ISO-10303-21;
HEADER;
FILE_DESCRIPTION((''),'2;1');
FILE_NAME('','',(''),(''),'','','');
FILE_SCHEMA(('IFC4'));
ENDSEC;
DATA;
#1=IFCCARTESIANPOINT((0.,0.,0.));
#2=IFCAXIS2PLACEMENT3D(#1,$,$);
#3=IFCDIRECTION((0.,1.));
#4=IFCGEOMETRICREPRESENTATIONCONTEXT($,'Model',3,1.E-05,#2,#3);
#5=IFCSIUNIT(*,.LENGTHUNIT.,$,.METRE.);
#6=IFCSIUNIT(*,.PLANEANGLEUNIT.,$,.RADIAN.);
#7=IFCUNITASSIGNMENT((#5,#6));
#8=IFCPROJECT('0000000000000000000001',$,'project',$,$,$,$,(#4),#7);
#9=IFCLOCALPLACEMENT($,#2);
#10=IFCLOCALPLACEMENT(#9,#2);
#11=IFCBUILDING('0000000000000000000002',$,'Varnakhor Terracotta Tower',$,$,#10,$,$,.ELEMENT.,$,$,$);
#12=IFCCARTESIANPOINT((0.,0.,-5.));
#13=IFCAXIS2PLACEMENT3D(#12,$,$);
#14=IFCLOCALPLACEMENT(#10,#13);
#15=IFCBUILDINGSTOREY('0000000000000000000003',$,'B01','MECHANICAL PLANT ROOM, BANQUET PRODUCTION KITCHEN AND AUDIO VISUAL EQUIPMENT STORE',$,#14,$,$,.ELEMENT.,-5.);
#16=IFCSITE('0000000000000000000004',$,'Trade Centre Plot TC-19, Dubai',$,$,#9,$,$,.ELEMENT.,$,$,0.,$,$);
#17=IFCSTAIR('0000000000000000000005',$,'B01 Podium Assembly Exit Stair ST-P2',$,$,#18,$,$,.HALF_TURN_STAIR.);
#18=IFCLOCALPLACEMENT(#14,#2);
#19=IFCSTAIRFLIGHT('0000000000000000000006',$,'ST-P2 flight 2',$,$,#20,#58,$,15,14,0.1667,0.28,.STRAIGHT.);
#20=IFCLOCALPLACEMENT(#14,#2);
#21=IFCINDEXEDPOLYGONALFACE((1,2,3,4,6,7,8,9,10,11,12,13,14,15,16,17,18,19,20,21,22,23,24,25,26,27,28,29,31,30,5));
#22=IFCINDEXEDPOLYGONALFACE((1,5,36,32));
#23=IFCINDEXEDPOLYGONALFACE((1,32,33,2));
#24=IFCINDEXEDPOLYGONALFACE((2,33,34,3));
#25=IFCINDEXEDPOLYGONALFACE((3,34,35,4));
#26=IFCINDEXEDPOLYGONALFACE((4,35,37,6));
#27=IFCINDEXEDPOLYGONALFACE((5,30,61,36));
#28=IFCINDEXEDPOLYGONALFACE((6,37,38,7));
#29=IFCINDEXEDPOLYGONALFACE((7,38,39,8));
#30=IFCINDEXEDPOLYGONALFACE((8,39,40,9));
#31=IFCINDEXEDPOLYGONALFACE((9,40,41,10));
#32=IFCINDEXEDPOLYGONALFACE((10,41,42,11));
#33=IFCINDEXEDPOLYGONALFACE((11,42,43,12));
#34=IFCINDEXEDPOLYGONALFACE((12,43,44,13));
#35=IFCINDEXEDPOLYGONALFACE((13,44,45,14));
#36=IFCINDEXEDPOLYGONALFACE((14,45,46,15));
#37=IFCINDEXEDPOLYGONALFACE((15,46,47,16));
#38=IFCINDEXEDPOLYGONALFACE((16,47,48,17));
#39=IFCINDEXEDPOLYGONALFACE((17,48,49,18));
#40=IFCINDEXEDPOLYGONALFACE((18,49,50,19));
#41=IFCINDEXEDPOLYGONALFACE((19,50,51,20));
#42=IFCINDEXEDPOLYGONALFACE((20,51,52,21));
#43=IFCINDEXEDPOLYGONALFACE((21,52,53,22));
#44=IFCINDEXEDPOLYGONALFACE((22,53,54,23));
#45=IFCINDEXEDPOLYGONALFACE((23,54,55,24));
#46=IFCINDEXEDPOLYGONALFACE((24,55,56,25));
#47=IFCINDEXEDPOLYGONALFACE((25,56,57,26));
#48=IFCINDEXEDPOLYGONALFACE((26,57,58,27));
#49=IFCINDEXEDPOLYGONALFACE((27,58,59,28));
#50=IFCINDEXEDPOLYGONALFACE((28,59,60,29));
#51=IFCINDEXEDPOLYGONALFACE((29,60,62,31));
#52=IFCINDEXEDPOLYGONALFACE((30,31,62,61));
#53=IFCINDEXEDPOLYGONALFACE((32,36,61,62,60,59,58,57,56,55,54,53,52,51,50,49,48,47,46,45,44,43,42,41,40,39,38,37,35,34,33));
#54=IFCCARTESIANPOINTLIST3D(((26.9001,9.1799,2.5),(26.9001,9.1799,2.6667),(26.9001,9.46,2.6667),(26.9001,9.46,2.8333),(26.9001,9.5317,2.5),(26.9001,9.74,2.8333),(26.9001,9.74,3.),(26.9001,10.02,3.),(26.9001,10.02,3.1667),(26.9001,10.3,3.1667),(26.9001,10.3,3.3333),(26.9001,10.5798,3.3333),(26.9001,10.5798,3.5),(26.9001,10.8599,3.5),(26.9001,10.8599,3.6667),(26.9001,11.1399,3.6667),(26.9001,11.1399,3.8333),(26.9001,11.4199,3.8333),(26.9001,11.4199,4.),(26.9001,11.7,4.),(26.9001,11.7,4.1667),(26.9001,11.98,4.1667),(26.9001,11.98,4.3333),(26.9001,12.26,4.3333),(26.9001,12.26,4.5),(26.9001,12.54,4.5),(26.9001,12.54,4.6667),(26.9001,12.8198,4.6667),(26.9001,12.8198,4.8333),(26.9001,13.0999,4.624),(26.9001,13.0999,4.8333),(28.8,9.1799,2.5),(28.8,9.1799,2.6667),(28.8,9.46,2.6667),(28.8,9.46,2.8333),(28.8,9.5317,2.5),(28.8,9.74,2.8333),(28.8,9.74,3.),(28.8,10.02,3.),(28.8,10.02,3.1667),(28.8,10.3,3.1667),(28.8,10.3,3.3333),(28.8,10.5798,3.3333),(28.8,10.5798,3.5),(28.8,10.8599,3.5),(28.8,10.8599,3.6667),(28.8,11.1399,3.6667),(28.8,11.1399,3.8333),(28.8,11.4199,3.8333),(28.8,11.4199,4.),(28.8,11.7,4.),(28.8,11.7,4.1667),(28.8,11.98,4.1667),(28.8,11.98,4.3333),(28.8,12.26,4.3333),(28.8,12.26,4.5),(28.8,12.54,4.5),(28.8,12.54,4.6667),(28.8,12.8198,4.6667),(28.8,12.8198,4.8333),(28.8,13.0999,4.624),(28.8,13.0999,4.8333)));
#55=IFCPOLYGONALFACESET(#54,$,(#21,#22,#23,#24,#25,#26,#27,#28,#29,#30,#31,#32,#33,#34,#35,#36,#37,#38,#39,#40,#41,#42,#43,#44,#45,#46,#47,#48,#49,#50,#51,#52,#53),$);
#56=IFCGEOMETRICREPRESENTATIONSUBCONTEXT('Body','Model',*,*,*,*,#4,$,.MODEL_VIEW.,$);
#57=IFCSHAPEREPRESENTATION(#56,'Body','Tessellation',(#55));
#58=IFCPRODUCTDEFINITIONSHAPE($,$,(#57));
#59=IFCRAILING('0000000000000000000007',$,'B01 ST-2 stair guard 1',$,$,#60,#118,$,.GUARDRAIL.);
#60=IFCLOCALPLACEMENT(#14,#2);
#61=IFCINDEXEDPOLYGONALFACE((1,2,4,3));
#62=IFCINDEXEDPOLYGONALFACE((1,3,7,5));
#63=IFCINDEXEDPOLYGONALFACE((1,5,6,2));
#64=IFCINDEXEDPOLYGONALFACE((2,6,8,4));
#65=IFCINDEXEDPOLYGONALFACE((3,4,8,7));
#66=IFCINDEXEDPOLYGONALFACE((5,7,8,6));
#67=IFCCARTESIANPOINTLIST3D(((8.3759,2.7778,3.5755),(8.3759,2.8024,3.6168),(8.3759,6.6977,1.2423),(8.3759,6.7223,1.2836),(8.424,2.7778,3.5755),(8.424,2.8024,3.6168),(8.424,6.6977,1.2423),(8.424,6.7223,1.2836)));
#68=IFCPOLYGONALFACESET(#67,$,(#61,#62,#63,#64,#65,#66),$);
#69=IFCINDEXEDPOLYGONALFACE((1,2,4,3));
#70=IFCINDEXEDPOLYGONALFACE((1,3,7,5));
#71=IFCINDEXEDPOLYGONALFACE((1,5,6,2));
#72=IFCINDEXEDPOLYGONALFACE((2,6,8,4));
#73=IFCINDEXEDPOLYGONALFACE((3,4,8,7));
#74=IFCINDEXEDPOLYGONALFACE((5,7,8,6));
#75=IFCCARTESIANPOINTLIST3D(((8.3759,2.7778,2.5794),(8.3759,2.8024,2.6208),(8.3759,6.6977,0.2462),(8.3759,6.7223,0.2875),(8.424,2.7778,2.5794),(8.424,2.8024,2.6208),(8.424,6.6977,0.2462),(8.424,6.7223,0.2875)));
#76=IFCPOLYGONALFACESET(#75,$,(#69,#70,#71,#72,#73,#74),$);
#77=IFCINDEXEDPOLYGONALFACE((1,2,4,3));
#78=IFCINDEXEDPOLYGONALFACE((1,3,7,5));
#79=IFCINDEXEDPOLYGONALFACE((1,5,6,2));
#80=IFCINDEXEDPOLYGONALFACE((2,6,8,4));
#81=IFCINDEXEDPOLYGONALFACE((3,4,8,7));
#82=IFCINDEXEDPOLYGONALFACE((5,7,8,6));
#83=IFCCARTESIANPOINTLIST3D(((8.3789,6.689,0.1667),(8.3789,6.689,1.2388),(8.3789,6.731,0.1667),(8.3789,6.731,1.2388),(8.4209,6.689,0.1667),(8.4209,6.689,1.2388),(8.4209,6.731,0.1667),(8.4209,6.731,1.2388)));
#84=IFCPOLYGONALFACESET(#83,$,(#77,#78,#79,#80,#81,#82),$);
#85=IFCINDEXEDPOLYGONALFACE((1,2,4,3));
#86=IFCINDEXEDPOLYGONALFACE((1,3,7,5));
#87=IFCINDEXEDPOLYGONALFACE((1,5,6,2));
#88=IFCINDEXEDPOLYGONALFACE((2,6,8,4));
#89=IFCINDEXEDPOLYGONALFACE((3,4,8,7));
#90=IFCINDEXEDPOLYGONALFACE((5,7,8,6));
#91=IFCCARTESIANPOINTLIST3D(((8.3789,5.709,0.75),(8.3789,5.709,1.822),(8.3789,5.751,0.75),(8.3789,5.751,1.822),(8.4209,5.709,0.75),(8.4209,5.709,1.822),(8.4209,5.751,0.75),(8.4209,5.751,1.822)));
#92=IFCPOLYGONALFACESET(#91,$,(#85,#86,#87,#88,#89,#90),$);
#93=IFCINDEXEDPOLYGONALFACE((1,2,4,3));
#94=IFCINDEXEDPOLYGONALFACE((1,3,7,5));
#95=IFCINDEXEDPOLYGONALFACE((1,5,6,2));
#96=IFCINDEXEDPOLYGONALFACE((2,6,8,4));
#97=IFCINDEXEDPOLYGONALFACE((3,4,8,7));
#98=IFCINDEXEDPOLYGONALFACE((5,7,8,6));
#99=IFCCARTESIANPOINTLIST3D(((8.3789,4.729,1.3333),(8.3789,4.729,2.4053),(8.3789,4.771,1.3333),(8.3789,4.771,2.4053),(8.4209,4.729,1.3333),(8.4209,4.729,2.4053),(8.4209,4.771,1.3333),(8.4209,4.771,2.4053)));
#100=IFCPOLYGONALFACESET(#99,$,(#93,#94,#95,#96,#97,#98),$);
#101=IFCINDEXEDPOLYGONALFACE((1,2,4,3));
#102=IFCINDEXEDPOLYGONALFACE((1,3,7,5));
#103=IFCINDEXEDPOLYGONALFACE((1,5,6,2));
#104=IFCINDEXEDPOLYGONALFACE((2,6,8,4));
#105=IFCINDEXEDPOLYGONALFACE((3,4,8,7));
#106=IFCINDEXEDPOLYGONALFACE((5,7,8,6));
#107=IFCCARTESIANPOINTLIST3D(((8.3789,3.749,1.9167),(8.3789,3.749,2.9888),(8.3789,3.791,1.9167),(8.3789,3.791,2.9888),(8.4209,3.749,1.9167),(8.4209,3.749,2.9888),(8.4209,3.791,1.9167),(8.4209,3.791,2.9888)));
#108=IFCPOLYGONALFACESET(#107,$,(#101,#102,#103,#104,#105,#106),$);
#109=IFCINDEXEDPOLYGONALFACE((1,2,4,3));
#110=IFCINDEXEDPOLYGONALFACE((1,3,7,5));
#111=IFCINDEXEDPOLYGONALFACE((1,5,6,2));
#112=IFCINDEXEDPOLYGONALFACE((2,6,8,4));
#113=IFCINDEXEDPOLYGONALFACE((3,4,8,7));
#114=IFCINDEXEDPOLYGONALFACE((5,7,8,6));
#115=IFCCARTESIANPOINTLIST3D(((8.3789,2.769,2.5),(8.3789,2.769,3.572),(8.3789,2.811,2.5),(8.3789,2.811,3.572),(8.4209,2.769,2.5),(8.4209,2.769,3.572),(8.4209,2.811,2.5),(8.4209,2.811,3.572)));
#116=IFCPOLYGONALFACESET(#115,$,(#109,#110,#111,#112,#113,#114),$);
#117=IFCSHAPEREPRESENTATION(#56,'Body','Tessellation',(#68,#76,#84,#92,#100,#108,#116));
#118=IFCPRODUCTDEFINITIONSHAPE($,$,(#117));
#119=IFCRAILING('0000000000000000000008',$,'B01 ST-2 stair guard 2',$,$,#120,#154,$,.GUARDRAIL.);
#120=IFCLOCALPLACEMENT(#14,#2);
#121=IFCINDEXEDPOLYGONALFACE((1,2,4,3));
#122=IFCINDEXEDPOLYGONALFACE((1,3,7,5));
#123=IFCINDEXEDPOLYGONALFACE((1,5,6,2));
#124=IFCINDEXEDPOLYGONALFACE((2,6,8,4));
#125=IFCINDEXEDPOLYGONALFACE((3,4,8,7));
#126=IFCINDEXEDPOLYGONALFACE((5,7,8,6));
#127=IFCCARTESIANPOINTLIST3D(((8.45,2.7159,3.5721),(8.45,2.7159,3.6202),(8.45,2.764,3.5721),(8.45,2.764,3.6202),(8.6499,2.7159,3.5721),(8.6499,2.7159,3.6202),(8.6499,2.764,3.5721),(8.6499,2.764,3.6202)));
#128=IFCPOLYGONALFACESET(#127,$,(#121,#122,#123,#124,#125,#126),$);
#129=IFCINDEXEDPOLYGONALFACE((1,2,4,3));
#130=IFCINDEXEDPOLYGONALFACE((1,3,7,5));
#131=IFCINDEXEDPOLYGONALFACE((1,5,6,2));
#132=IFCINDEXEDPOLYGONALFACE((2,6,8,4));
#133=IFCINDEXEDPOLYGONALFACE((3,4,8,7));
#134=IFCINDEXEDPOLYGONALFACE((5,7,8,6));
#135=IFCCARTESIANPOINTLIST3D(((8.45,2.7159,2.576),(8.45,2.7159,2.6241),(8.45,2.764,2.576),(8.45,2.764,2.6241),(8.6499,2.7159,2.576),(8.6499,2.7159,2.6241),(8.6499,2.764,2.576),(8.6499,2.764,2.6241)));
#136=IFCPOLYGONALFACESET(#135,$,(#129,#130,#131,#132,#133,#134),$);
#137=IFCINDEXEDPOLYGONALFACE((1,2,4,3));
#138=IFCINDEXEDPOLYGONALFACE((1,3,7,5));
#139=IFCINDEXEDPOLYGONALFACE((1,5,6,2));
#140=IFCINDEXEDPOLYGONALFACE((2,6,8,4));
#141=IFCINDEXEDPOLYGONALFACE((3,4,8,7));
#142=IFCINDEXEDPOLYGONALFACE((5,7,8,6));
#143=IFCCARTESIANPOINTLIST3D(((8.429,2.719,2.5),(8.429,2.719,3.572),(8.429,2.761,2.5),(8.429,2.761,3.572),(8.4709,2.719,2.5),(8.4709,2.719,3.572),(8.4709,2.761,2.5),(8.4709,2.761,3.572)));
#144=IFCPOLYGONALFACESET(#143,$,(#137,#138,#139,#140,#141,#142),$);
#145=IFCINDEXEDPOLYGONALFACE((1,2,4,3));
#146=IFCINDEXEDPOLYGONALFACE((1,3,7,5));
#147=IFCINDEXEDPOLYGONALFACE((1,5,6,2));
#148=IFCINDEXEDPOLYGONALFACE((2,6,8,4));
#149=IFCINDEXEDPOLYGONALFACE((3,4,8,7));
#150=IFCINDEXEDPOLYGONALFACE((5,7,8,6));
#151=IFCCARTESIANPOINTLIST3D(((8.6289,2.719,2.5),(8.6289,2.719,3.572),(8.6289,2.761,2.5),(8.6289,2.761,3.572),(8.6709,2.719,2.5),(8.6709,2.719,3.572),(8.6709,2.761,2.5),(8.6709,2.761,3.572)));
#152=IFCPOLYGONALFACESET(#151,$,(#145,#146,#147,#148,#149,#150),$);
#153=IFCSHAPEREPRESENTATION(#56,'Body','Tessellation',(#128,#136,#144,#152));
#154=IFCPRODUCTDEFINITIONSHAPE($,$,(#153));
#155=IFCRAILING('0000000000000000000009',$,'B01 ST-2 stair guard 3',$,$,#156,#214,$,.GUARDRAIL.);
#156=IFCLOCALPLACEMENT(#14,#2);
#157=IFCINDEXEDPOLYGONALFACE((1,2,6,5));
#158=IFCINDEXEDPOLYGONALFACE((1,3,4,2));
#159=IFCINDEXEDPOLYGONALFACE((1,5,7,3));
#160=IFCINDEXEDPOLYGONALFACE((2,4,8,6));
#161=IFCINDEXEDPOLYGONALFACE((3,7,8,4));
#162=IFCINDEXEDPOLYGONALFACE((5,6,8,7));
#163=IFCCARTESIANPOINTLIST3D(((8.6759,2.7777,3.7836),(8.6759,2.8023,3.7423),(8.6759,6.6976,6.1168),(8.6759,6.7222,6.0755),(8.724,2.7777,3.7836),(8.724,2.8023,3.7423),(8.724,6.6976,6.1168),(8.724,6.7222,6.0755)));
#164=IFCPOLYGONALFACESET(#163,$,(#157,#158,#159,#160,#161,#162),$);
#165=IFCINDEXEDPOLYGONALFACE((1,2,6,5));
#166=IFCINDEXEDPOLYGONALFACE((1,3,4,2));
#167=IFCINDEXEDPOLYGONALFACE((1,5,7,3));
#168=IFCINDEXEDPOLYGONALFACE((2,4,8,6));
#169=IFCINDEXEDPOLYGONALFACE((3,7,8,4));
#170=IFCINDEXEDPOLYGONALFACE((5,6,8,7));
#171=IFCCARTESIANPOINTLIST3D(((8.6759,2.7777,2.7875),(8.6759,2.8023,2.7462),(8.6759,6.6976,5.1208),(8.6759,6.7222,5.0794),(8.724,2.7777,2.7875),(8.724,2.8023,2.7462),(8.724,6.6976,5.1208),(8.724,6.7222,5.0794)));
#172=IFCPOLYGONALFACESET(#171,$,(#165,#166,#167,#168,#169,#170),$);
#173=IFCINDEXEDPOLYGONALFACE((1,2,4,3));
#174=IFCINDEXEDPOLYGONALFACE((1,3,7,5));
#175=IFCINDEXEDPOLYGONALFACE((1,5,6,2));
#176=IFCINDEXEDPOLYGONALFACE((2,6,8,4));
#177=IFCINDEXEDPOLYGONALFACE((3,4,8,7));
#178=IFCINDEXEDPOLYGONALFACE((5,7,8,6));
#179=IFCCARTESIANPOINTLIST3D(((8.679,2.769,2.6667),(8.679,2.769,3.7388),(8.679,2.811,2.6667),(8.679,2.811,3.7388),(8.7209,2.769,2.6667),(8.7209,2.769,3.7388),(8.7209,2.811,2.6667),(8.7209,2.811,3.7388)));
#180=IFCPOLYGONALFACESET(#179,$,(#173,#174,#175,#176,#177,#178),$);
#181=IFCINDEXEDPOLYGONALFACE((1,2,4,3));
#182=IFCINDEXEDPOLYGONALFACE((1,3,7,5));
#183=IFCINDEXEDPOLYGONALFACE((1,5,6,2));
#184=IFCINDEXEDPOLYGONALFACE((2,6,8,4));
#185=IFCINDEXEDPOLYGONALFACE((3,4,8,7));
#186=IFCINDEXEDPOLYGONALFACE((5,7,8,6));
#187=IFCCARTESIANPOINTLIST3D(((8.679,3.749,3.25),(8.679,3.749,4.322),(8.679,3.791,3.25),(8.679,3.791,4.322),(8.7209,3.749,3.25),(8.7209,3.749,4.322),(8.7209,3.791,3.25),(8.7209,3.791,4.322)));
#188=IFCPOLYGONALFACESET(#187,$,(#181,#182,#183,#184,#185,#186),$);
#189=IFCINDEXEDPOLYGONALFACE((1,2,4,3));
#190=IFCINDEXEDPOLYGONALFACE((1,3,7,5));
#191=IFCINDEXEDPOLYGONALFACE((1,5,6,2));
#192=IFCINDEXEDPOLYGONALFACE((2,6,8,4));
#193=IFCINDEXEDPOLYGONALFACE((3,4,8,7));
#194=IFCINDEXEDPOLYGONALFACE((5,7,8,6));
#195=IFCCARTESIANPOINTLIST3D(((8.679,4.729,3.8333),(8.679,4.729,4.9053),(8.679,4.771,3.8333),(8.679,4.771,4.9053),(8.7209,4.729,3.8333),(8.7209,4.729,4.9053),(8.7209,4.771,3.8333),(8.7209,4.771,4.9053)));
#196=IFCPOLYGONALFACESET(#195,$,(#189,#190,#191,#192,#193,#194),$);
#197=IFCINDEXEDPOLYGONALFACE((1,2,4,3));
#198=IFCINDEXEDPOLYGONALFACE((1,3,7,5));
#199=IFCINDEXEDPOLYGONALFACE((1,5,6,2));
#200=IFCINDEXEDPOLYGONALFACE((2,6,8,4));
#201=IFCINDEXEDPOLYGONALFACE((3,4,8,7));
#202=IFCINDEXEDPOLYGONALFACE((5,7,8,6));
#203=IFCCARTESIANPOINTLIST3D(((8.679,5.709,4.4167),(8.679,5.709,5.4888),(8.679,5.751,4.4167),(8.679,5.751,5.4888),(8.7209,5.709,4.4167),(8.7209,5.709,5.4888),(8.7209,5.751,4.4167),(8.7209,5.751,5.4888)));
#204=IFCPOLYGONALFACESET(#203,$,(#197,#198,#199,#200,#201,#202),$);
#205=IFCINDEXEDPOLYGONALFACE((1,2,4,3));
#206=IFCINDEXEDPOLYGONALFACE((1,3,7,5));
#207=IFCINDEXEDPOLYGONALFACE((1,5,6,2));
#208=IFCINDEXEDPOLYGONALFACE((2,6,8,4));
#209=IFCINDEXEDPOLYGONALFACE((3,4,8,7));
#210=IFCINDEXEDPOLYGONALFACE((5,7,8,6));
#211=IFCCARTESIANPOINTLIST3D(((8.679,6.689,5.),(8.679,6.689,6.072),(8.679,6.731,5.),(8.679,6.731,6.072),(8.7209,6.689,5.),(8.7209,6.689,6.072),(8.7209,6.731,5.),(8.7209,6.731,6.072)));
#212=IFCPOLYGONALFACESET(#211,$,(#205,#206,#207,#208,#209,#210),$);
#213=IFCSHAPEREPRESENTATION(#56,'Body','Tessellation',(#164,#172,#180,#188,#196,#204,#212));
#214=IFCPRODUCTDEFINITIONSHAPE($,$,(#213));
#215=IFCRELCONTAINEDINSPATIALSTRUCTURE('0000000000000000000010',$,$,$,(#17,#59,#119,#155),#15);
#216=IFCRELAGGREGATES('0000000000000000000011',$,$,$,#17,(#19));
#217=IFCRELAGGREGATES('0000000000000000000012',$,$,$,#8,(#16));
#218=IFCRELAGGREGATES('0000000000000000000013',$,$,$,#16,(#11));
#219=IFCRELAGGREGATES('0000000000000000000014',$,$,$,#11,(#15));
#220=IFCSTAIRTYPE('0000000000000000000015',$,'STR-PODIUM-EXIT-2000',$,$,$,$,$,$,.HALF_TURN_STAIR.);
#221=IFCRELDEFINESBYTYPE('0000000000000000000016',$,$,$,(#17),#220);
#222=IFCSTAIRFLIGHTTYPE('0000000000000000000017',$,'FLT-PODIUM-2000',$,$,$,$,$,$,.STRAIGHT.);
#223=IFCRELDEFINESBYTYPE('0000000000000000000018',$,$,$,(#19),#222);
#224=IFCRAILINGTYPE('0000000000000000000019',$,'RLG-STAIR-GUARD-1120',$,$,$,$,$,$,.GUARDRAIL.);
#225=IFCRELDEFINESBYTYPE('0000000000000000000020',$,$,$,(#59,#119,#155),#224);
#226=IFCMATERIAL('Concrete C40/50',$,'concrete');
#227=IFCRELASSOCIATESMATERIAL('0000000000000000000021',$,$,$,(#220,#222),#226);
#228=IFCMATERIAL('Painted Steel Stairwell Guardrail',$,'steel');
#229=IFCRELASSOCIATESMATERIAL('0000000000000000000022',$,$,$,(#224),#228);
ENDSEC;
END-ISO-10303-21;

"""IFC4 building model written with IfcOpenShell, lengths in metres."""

from ifc_helpers import new_model, si_unit, direction, frame, origin, origin_2d, place, context, subcontext, project, spatial, polyline, rectangle, outline, extrude, material, type_object, element, aggregate, save


model = new_model("IFC4")

# Units and contexts
model_context = context("Model", 3, precision=1e-05, world=origin(), true_north=direction((0.0, 1.0)))
body_context = subcontext(model_context, "Body", "Model", "MODEL_VIEW")
ifc_project = project(units=[si_unit("LENGTHUNIT", "METRE"), si_unit("PLANEANGLEUNIT", "RADIAN")], contexts=[model_context])

# Site, building, storey
site_placement = place(None, origin())
site = spatial("IfcSite", under=ifc_project, at=site_placement, Name="Trade Centre Plot TC-19, Dubai", CompositionType="ELEMENT", RefElevation=0.0)
building_placement = place(site_placement, origin())
building = spatial("IfcBuilding", under=site, at=building_placement, Name="Varnakhor Terracotta Tower", CompositionType="ELEMENT")
storey_placement = place(building_placement, frame((0.0, 0.0, -5.0)))
storey = spatial("IfcBuildingStorey", under=building, at=storey_placement, Name="B01", Description="MECHANICAL PLANT ROOM, BANQUET PRODUCTION KITCHEN AND AUDIO VISUAL EQUIPMENT STORE", CompositionType="ELEMENT", Elevation=-5.0)

# Shared definitions
ifc_material_1 = material(Name="Concrete C40/50", Category="concrete")

# Stair, stair flight
stair_type_1 = type_object("IfcStairType", Name="STR-PODIUM-EXIT-2000", PredefinedType="HALF_TURN_STAIR", material=ifc_material_1)
stair_1_placement = place(storey_placement, origin())
stair_1 = element("IfcStair", 1, at=stair_1_placement, inside=storey, type_object=stair_type_1, Name="B01 Podium Assembly Exit Stair ST-P2", PredefinedType="HALF_TURN_STAIR")
stair_flight_type_1 = type_object("IfcStairFlightType", Name="FLT-PODIUM-2000", PredefinedType="STRAIGHT", material=ifc_material_1)
stair_flight_1_placement = place(storey_placement, frame((27.8501, 9.1799, 2.5), z_axis=(0.0, 0.0, 1.0), x_axis=(0.0, 1.0, 0.0)))
stair_flight_1 = element("IfcStairFlight", 2, at=stair_flight_1_placement, type_object=stair_flight_type_1, Name="ST-P2 flight 2", NumberOfRisers=15, NumberOfTreads=14, PredefinedType="STRAIGHT", RiserHeight=0.1667, TreadLength=0.28, context=body_context, shape_type="SweptSolid", body=[
    extrude(outline(polyline([(0.0, 0.0), (0.0, 0.1667), (0.28, 0.1667), (0.28, 0.3333), (0.5601, 0.3333), (0.5601, 0.5), (0.8401, 0.5), (0.8401, 0.6667), (1.1201, 0.6667), (1.1201, 0.8333), (1.3999, 0.8333), (1.3999, 1.0), (1.6799, 1.0), (1.6799, 1.1667), (1.96, 1.1667), (1.96, 1.3333), (2.24, 1.3333), (2.24, 1.5), (2.52, 1.5), (2.52, 1.6667), (2.8, 1.6667), (2.8, 1.8333), (3.0801, 1.8333), (3.0801, 2.0), (3.3601, 2.0), (3.3601, 2.1667), (3.6399, 2.1667), (3.6399, 2.3333), (3.9199, 2.3333), (3.9199, 2.5), (3.9199, 2.124), (0.3518, 0.0), (0.0, 0.0)])), frame((0.0, 0.95, 0.0), z_axis=(0.0, -1.0, 0.0), x_axis=(1.0, 0.0, 0.0)), (0.0, 0.0, 1.0), 1.8999),
])
aggregate(stair_1, [stair_flight_1])

# Railings
ifc_material_2 = material(Name="Painted Steel Stairwell Guardrail", Category="steel")
railing_type_1 = type_object("IfcRailingType", Name="RLG-STAIR-GUARD-1120", PredefinedType="GUARDRAIL", material=ifc_material_2)
railing_1_placement = place(storey_placement, frame((8.3999, 6.71, 0.1667)))
element("IfcRailing", 3, at=railing_1_placement, inside=storey, type_object=railing_type_1, Name="B01 ST-2 stair guard 1", PredefinedType="GUARDRAIL", context=body_context, shape_type="SweptSolid", body=[
    extrude(rectangle(XDim=0.0481, YDim=0.0481, at=origin_2d()), frame((0.0, 0.0, 1.0962), z_axis=(0.0, -0.859296, 0.511478), x_axis=(1.0, 0.0, 0.0)), (0.0, 0.0, 1.0), 4.5618),
    extrude(rectangle(XDim=0.0481, YDim=0.0481, at=origin_2d()), frame((0.0, 0.0, 0.1001), z_axis=(0.0, -0.859296, 0.511478), x_axis=(1.0, 0.0, 0.0)), (0.0, 0.0, 1.0), 4.5618),
    extrude(rectangle(XDim=0.042, YDim=0.042, at=origin_2d()), origin(), (0.0, 0.0, 1.0), 1.072),
    extrude(rectangle(XDim=0.042, YDim=0.042, at=origin_2d()), frame((0.0, -0.98, 0.5833)), (0.0, 0.0, 1.0), 1.072),
    extrude(rectangle(XDim=0.042, YDim=0.042, at=origin_2d()), frame((0.0, -1.96, 1.1665)), (0.0, 0.0, 1.0), 1.072),
    extrude(rectangle(XDim=0.042, YDim=0.042, at=origin_2d()), frame((0.0, -2.9399, 1.75)), (0.0, 0.0, 1.0), 1.072),
    extrude(rectangle(XDim=0.042, YDim=0.042, at=origin_2d()), frame((0.0, -3.9199, 2.3333)), (0.0, 0.0, 1.0), 1.072),
])
railing_2_placement = place(storey_placement, frame((8.45, 2.74, 2.5)))
element("IfcRailing", 4, at=railing_2_placement, inside=storey, type_object=railing_type_1, Name="B01 ST-2 stair guard 2", PredefinedType="GUARDRAIL", context=body_context, shape_type="SweptSolid", body=[
    extrude(rectangle(XDim=0.0481, YDim=0.0481, at=origin_2d()), frame((0.0, 0.0, 1.0962), z_axis=(1.0, 0.0, 0.0), x_axis=(0.0, 1.0, 0.0)), (0.0, 0.0, 1.0), 0.2),
    extrude(rectangle(XDim=0.0481, YDim=0.0481, at=origin_2d()), frame((0.0, 0.0, 0.1001), z_axis=(1.0, 0.0, 0.0), x_axis=(0.0, 1.0, 0.0)), (0.0, 0.0, 1.0), 0.2),
    extrude(rectangle(XDim=0.042, YDim=0.042, at=origin_2d()), origin(), (0.0, 0.0, 1.0), 1.072),
    extrude(rectangle(XDim=0.042, YDim=0.042, at=origin_2d()), frame((0.2, 0.0, 0.0)), (0.0, 0.0, 1.0), 1.072),
])
railing_3_placement = place(storey_placement, frame((8.7, 2.79, 2.6667)))
element("IfcRailing", 5, at=railing_3_placement, inside=storey, type_object=railing_type_1, Name="B01 ST-2 stair guard 3", PredefinedType="GUARDRAIL", context=body_context, shape_type="SweptSolid", body=[
    extrude(rectangle(XDim=0.0481, YDim=0.0481, at=origin_2d()), frame((0.0, 0.0, 1.0962), z_axis=(0.0, 0.859296, 0.511478), x_axis=(-1.0, 0.0, 0.0)), (0.0, 0.0, 1.0), 4.5618),
    extrude(rectangle(XDim=0.0481, YDim=0.0481, at=origin_2d()), frame((0.0, 0.0, 0.1001), z_axis=(0.0, 0.859296, 0.511478), x_axis=(-1.0, 0.0, 0.0)), (0.0, 0.0, 1.0), 4.5618),
    extrude(rectangle(XDim=0.042, YDim=0.042, at=origin_2d()), origin(), (0.0, 0.0, 1.0), 1.072),
    extrude(rectangle(XDim=0.042, YDim=0.042, at=origin_2d()), frame((0.0, 0.98, 0.5833)), (0.0, 0.0, 1.0), 1.072),
    extrude(rectangle(XDim=0.042, YDim=0.042, at=origin_2d()), frame((0.0, 1.96, 1.1665)), (0.0, 0.0, 1.0), 1.072),
    extrude(rectangle(XDim=0.042, YDim=0.042, at=origin_2d()), frame((0.0, 2.9399, 1.75)), (0.0, 0.0, 1.0), 1.072),
    extrude(rectangle(XDim=0.042, YDim=0.042, at=origin_2d()), frame((0.0, 3.9199, 2.3333)), (0.0, 0.0, 1.0), 1.072),
])

save(model, "model.ifc")
